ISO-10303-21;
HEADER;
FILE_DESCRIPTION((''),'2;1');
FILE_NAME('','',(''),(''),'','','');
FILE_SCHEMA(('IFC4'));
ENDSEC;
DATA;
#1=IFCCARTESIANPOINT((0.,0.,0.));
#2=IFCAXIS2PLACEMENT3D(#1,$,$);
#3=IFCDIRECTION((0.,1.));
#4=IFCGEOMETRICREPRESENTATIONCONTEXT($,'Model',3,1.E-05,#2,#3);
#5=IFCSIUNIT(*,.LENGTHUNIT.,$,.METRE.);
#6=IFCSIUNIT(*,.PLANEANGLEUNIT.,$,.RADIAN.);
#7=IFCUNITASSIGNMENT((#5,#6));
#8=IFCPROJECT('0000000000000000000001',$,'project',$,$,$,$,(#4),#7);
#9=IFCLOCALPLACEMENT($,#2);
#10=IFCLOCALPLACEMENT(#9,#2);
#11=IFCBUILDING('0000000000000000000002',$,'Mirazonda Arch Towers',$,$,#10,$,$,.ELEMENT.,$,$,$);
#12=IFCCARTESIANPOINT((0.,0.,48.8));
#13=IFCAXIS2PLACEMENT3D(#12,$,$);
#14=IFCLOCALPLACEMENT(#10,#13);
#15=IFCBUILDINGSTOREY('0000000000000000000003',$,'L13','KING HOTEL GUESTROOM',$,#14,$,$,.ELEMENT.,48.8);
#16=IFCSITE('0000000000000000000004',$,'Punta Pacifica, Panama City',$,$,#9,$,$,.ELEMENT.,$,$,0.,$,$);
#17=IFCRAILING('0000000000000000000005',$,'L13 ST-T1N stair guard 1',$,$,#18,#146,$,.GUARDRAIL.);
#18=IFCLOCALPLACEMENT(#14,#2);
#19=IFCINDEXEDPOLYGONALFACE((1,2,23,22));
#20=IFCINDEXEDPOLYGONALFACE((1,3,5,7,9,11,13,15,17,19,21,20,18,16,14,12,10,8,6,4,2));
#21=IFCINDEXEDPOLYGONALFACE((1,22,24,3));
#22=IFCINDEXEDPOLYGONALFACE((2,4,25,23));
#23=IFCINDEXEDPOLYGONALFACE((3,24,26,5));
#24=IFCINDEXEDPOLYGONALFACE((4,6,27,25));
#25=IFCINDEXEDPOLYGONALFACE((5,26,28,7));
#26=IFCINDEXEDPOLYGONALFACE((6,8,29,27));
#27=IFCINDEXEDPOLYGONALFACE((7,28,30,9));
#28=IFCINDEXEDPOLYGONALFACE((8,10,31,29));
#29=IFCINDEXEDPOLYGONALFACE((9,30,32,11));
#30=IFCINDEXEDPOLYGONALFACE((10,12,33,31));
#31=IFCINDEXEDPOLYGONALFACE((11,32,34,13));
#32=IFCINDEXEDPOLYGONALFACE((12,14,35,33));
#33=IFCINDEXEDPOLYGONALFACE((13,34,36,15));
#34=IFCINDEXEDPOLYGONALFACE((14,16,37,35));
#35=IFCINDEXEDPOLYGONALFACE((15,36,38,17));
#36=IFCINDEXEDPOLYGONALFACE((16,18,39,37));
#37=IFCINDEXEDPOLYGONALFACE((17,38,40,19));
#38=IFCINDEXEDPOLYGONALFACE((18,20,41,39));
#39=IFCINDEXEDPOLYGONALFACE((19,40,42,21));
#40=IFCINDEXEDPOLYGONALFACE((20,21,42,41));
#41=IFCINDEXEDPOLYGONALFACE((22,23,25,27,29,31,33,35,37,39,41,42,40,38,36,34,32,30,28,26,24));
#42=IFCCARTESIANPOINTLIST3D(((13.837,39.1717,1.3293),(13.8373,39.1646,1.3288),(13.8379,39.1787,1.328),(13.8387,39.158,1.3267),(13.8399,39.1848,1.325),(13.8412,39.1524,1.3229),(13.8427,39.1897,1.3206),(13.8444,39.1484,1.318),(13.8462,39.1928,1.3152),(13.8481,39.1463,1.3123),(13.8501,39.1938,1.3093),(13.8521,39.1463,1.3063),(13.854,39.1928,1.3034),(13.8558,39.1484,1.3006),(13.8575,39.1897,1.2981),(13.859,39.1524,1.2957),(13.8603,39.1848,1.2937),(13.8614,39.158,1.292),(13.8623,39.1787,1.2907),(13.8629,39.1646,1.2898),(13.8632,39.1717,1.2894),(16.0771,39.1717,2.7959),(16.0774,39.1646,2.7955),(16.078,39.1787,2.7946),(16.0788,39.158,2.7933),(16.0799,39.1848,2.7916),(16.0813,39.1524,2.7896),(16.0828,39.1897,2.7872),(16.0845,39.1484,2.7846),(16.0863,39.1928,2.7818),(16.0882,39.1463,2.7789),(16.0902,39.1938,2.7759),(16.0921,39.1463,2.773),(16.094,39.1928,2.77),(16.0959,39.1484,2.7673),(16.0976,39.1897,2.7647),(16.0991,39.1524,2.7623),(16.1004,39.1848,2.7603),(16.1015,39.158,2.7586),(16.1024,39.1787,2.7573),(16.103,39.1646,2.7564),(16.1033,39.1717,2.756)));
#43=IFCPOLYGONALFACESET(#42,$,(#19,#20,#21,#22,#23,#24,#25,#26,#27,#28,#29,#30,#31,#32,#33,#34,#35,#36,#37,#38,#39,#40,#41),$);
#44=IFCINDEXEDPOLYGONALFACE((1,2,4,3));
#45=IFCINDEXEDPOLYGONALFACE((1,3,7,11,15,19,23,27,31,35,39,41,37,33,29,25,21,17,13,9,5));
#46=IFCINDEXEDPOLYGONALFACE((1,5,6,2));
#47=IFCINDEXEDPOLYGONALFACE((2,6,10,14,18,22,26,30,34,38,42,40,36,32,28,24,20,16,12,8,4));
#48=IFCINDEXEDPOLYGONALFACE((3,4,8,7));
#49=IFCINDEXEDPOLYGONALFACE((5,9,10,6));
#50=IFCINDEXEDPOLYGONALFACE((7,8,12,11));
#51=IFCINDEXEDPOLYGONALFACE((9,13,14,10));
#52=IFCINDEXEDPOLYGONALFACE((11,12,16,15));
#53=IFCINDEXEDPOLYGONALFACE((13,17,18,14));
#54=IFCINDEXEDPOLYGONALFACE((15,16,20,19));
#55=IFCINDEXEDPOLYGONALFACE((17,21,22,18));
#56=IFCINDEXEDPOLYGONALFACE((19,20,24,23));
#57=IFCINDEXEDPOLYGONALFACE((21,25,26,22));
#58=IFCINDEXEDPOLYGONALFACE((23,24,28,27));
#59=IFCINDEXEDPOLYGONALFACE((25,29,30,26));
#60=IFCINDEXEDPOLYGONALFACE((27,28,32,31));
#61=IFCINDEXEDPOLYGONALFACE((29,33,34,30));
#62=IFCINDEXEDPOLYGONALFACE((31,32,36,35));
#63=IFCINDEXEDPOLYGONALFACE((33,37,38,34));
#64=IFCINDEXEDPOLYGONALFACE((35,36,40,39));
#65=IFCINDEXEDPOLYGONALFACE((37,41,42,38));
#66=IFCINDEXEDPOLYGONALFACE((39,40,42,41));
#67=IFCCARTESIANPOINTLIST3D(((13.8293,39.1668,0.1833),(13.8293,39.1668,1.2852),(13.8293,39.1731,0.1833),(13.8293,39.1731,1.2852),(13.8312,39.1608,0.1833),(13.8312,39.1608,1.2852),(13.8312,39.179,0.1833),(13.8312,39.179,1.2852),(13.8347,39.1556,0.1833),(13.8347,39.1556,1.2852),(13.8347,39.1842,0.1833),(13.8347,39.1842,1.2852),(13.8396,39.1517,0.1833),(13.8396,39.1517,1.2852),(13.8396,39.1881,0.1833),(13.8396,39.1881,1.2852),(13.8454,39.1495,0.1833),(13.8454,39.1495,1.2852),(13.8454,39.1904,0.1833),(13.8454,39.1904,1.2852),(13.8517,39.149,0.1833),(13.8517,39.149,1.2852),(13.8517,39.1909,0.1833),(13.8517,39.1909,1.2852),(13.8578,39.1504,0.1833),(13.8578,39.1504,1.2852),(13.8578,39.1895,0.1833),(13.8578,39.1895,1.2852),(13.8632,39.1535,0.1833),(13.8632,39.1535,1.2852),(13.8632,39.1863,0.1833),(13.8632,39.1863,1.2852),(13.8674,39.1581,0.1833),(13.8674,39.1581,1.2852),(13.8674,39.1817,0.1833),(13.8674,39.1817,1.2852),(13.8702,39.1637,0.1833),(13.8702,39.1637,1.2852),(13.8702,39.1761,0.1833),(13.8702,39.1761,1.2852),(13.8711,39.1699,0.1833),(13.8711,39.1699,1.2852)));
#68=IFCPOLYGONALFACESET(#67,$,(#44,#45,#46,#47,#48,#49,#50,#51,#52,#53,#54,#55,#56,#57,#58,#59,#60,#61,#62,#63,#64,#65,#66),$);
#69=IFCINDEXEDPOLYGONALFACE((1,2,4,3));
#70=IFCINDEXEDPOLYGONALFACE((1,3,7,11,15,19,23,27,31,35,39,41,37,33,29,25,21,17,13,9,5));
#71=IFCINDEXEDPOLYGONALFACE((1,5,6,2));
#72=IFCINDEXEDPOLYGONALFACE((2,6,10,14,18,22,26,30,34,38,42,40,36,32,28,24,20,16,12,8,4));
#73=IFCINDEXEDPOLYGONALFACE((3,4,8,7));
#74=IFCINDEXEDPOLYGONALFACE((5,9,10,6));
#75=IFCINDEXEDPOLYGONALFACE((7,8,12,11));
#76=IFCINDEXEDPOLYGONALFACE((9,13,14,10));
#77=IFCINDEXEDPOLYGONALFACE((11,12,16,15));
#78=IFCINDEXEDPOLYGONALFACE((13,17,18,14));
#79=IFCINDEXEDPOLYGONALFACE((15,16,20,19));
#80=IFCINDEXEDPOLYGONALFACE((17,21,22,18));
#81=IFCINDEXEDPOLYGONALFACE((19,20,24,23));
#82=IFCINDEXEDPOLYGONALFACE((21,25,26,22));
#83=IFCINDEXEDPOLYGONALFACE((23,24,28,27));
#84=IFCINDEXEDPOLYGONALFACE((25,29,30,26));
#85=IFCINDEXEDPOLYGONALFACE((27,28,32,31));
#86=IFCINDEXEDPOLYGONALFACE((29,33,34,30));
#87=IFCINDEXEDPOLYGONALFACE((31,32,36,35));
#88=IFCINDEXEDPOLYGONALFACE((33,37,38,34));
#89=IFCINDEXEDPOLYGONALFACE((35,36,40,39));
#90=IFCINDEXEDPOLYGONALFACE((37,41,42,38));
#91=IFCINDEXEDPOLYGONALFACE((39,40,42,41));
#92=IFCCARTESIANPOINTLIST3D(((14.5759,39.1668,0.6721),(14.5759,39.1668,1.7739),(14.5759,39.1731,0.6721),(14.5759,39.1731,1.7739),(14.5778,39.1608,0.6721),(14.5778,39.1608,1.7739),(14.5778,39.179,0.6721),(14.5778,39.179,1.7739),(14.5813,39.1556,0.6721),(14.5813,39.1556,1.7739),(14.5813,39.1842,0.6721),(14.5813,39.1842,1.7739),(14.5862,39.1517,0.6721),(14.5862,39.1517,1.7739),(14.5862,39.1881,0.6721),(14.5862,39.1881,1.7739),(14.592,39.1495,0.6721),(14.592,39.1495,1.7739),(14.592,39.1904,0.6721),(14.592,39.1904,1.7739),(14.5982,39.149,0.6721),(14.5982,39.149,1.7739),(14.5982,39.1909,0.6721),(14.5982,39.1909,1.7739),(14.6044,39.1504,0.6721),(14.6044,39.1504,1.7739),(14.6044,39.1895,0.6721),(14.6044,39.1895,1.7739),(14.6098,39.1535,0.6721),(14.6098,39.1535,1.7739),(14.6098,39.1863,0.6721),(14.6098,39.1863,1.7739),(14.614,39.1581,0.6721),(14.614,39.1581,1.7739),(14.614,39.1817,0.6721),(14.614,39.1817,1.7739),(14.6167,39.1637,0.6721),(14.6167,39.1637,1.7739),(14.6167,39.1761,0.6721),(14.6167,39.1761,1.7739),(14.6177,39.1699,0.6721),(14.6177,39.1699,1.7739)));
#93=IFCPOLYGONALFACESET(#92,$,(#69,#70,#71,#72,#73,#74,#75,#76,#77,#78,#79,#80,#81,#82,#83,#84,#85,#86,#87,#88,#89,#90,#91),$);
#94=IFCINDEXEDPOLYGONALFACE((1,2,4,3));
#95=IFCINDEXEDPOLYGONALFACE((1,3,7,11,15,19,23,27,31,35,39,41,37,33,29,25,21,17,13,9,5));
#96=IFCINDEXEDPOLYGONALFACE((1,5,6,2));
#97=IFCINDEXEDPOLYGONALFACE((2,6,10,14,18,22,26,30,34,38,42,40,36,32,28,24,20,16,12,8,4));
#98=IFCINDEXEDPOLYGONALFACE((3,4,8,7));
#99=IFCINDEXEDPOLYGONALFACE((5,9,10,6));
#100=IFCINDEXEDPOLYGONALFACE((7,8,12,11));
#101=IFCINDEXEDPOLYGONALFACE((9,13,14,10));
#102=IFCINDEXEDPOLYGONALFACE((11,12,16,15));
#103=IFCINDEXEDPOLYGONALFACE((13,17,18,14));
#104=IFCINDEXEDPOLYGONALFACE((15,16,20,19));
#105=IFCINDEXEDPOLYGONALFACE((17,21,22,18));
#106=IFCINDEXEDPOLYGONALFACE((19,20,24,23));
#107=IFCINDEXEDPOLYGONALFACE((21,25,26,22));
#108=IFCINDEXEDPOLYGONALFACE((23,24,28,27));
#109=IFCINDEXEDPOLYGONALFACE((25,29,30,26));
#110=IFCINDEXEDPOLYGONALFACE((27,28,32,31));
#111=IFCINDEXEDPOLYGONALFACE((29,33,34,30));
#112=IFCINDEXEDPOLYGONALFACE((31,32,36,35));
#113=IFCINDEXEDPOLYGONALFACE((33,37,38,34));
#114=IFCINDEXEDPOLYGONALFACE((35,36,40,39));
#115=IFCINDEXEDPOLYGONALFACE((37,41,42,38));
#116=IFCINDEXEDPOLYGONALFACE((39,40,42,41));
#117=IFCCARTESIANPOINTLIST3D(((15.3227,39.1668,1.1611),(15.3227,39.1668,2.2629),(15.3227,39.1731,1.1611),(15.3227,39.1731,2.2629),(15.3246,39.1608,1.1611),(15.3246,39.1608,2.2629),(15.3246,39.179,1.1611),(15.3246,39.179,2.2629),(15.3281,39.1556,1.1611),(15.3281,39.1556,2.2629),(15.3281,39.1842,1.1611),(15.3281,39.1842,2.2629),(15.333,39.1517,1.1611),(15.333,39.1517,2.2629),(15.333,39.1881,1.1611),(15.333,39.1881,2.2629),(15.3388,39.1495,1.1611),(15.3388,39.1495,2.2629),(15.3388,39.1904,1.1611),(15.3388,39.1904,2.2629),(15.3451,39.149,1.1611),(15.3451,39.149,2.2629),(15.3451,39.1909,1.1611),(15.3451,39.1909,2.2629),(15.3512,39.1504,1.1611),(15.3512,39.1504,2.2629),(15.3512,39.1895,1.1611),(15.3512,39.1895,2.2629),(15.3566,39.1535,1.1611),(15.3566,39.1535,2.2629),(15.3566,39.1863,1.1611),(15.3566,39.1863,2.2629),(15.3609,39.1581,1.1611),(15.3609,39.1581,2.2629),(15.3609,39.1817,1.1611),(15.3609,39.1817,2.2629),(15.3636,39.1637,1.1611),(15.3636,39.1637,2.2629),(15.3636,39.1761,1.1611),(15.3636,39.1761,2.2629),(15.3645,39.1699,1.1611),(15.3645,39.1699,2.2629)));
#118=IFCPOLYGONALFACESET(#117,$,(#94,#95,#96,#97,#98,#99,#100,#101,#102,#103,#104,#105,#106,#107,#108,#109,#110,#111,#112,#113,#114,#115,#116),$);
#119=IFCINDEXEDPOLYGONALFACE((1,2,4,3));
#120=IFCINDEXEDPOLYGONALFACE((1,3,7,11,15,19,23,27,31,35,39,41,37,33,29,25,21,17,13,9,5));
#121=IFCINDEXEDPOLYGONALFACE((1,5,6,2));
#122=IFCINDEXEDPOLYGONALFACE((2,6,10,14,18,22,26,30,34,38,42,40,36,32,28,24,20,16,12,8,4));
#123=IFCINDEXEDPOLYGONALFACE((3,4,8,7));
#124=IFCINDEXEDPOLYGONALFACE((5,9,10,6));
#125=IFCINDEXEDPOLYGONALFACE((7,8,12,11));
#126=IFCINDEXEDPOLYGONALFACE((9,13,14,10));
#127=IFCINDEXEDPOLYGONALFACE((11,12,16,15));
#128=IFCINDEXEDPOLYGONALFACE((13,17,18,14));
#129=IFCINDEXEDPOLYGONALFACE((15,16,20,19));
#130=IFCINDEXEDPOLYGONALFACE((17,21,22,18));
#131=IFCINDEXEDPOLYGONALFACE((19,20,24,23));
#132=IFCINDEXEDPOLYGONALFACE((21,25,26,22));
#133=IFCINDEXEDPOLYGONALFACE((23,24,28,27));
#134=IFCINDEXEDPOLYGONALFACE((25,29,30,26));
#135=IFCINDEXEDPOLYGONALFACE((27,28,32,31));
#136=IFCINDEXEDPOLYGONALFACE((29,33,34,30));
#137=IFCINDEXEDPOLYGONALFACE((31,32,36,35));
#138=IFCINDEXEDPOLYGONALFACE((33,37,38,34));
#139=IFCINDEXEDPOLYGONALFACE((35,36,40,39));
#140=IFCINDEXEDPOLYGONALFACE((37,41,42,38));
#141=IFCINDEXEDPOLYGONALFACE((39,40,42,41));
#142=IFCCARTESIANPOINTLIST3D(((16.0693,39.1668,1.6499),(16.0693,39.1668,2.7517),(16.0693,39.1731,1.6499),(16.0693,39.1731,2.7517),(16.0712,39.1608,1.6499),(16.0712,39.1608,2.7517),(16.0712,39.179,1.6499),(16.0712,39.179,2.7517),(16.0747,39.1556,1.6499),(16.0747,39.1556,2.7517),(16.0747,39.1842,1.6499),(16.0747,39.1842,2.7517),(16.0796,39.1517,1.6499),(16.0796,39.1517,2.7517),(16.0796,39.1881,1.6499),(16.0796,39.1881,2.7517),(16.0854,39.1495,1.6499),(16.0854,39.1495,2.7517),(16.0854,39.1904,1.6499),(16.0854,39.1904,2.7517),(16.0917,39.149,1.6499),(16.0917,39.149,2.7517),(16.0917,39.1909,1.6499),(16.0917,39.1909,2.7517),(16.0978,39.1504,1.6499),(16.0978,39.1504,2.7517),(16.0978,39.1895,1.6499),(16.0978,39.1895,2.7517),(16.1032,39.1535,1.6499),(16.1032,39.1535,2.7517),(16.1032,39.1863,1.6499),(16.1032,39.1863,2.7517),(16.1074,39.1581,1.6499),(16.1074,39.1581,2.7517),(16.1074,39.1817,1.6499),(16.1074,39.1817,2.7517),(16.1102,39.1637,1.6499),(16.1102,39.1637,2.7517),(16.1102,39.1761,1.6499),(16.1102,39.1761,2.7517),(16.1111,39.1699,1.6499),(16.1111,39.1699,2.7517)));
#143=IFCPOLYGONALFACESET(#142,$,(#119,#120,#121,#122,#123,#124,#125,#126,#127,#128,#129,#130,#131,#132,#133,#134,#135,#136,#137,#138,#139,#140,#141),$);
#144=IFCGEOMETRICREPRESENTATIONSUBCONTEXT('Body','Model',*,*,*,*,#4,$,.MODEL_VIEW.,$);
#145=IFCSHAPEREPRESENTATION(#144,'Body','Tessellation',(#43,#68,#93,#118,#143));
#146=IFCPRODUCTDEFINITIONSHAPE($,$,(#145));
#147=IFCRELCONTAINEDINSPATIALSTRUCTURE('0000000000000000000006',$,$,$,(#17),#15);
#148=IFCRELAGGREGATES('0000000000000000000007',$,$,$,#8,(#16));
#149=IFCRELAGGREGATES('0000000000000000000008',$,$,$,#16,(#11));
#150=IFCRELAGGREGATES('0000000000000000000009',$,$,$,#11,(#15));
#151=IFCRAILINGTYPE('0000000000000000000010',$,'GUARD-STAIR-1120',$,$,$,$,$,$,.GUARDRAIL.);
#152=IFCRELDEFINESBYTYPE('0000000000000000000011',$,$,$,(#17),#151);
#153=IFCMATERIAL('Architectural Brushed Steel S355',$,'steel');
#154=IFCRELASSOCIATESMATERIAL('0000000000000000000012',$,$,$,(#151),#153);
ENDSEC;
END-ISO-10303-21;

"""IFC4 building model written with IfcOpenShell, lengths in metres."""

from ifc_helpers import new_model, si_unit, direction, frame, origin, origin_2d, place, context, subcontext, project, spatial, circle, extrude, material, type_object, element, save


model = new_model("IFC4")

# Units and contexts
model_context = context("Model", 3, precision=1e-05, world=origin(), true_north=direction((0.0, 1.0)))
body_context = subcontext(model_context, "Body", "Model", "MODEL_VIEW")
ifc_project = project(units=[si_unit("LENGTHUNIT", "METRE"), si_unit("PLANEANGLEUNIT", "RADIAN")], contexts=[model_context])

# Site, building, storey
site_placement = place(None, origin())
site = spatial("IfcSite", under=ifc_project, at=site_placement, Name="Punta Pacifica, Panama City", CompositionType="ELEMENT", RefElevation=0.0)
building_placement = place(site_placement, origin())
building = spatial("IfcBuilding", under=site, at=building_placement, Name="Mirazonda Arch Towers", CompositionType="ELEMENT")
storey_placement = place(building_placement, frame((0.0, 0.0, 48.8)))
storey = spatial("IfcBuildingStorey", under=building, at=storey_placement, Name="L13", Description="KING HOTEL GUESTROOM", CompositionType="ELEMENT", Elevation=48.8)

# Shared definitions
ifc_material_1 = material(Name="Architectural Brushed Steel S355", Category="steel")

# Railing
railing_type_1 = type_object("IfcRailingType", Name="GUARD-STAIR-1120", PredefinedType="GUARDRAIL", material=ifc_material_1)
railing_1_placement = place(storey_placement, frame((13.8501, 39.1699, 0.1833)))
element("IfcRailing", 1, at=railing_1_placement, inside=storey, type_object=railing_type_1, Name="L13 ST-T1N stair guard 1", PredefinedType="GUARDRAIL", context=body_context, shape_type="SweptSolid", body=[
    extrude(circle(Radius=0.0239, at=origin_2d()), frame((0.0, 0.0, 1.126), z_axis=(0.836637, 0.0, 0.547758), x_axis=(0.0, 1.0, 0.0)), (0.0, 0.0, 1.0), 2.6775),
    extrude(circle(Radius=0.021, at=origin_2d()), origin(), (0.0, 0.0, 1.0), 1.1018),
    extrude(circle(Radius=0.021, at=origin_2d()), frame((0.7466, 0.0, 0.4888)), (0.0, 0.0, 1.0), 1.1018),
    extrude(circle(Radius=0.021, at=origin_2d()), frame((1.4934, 0.0, 0.9778)), (0.0, 0.0, 1.0), 1.1018),
    extrude(circle(Radius=0.021, at=origin_2d()), frame((2.24, 0.0, 1.4666)), (0.0, 0.0, 1.0), 1.1018),
])

save(model, "model.ifc")
